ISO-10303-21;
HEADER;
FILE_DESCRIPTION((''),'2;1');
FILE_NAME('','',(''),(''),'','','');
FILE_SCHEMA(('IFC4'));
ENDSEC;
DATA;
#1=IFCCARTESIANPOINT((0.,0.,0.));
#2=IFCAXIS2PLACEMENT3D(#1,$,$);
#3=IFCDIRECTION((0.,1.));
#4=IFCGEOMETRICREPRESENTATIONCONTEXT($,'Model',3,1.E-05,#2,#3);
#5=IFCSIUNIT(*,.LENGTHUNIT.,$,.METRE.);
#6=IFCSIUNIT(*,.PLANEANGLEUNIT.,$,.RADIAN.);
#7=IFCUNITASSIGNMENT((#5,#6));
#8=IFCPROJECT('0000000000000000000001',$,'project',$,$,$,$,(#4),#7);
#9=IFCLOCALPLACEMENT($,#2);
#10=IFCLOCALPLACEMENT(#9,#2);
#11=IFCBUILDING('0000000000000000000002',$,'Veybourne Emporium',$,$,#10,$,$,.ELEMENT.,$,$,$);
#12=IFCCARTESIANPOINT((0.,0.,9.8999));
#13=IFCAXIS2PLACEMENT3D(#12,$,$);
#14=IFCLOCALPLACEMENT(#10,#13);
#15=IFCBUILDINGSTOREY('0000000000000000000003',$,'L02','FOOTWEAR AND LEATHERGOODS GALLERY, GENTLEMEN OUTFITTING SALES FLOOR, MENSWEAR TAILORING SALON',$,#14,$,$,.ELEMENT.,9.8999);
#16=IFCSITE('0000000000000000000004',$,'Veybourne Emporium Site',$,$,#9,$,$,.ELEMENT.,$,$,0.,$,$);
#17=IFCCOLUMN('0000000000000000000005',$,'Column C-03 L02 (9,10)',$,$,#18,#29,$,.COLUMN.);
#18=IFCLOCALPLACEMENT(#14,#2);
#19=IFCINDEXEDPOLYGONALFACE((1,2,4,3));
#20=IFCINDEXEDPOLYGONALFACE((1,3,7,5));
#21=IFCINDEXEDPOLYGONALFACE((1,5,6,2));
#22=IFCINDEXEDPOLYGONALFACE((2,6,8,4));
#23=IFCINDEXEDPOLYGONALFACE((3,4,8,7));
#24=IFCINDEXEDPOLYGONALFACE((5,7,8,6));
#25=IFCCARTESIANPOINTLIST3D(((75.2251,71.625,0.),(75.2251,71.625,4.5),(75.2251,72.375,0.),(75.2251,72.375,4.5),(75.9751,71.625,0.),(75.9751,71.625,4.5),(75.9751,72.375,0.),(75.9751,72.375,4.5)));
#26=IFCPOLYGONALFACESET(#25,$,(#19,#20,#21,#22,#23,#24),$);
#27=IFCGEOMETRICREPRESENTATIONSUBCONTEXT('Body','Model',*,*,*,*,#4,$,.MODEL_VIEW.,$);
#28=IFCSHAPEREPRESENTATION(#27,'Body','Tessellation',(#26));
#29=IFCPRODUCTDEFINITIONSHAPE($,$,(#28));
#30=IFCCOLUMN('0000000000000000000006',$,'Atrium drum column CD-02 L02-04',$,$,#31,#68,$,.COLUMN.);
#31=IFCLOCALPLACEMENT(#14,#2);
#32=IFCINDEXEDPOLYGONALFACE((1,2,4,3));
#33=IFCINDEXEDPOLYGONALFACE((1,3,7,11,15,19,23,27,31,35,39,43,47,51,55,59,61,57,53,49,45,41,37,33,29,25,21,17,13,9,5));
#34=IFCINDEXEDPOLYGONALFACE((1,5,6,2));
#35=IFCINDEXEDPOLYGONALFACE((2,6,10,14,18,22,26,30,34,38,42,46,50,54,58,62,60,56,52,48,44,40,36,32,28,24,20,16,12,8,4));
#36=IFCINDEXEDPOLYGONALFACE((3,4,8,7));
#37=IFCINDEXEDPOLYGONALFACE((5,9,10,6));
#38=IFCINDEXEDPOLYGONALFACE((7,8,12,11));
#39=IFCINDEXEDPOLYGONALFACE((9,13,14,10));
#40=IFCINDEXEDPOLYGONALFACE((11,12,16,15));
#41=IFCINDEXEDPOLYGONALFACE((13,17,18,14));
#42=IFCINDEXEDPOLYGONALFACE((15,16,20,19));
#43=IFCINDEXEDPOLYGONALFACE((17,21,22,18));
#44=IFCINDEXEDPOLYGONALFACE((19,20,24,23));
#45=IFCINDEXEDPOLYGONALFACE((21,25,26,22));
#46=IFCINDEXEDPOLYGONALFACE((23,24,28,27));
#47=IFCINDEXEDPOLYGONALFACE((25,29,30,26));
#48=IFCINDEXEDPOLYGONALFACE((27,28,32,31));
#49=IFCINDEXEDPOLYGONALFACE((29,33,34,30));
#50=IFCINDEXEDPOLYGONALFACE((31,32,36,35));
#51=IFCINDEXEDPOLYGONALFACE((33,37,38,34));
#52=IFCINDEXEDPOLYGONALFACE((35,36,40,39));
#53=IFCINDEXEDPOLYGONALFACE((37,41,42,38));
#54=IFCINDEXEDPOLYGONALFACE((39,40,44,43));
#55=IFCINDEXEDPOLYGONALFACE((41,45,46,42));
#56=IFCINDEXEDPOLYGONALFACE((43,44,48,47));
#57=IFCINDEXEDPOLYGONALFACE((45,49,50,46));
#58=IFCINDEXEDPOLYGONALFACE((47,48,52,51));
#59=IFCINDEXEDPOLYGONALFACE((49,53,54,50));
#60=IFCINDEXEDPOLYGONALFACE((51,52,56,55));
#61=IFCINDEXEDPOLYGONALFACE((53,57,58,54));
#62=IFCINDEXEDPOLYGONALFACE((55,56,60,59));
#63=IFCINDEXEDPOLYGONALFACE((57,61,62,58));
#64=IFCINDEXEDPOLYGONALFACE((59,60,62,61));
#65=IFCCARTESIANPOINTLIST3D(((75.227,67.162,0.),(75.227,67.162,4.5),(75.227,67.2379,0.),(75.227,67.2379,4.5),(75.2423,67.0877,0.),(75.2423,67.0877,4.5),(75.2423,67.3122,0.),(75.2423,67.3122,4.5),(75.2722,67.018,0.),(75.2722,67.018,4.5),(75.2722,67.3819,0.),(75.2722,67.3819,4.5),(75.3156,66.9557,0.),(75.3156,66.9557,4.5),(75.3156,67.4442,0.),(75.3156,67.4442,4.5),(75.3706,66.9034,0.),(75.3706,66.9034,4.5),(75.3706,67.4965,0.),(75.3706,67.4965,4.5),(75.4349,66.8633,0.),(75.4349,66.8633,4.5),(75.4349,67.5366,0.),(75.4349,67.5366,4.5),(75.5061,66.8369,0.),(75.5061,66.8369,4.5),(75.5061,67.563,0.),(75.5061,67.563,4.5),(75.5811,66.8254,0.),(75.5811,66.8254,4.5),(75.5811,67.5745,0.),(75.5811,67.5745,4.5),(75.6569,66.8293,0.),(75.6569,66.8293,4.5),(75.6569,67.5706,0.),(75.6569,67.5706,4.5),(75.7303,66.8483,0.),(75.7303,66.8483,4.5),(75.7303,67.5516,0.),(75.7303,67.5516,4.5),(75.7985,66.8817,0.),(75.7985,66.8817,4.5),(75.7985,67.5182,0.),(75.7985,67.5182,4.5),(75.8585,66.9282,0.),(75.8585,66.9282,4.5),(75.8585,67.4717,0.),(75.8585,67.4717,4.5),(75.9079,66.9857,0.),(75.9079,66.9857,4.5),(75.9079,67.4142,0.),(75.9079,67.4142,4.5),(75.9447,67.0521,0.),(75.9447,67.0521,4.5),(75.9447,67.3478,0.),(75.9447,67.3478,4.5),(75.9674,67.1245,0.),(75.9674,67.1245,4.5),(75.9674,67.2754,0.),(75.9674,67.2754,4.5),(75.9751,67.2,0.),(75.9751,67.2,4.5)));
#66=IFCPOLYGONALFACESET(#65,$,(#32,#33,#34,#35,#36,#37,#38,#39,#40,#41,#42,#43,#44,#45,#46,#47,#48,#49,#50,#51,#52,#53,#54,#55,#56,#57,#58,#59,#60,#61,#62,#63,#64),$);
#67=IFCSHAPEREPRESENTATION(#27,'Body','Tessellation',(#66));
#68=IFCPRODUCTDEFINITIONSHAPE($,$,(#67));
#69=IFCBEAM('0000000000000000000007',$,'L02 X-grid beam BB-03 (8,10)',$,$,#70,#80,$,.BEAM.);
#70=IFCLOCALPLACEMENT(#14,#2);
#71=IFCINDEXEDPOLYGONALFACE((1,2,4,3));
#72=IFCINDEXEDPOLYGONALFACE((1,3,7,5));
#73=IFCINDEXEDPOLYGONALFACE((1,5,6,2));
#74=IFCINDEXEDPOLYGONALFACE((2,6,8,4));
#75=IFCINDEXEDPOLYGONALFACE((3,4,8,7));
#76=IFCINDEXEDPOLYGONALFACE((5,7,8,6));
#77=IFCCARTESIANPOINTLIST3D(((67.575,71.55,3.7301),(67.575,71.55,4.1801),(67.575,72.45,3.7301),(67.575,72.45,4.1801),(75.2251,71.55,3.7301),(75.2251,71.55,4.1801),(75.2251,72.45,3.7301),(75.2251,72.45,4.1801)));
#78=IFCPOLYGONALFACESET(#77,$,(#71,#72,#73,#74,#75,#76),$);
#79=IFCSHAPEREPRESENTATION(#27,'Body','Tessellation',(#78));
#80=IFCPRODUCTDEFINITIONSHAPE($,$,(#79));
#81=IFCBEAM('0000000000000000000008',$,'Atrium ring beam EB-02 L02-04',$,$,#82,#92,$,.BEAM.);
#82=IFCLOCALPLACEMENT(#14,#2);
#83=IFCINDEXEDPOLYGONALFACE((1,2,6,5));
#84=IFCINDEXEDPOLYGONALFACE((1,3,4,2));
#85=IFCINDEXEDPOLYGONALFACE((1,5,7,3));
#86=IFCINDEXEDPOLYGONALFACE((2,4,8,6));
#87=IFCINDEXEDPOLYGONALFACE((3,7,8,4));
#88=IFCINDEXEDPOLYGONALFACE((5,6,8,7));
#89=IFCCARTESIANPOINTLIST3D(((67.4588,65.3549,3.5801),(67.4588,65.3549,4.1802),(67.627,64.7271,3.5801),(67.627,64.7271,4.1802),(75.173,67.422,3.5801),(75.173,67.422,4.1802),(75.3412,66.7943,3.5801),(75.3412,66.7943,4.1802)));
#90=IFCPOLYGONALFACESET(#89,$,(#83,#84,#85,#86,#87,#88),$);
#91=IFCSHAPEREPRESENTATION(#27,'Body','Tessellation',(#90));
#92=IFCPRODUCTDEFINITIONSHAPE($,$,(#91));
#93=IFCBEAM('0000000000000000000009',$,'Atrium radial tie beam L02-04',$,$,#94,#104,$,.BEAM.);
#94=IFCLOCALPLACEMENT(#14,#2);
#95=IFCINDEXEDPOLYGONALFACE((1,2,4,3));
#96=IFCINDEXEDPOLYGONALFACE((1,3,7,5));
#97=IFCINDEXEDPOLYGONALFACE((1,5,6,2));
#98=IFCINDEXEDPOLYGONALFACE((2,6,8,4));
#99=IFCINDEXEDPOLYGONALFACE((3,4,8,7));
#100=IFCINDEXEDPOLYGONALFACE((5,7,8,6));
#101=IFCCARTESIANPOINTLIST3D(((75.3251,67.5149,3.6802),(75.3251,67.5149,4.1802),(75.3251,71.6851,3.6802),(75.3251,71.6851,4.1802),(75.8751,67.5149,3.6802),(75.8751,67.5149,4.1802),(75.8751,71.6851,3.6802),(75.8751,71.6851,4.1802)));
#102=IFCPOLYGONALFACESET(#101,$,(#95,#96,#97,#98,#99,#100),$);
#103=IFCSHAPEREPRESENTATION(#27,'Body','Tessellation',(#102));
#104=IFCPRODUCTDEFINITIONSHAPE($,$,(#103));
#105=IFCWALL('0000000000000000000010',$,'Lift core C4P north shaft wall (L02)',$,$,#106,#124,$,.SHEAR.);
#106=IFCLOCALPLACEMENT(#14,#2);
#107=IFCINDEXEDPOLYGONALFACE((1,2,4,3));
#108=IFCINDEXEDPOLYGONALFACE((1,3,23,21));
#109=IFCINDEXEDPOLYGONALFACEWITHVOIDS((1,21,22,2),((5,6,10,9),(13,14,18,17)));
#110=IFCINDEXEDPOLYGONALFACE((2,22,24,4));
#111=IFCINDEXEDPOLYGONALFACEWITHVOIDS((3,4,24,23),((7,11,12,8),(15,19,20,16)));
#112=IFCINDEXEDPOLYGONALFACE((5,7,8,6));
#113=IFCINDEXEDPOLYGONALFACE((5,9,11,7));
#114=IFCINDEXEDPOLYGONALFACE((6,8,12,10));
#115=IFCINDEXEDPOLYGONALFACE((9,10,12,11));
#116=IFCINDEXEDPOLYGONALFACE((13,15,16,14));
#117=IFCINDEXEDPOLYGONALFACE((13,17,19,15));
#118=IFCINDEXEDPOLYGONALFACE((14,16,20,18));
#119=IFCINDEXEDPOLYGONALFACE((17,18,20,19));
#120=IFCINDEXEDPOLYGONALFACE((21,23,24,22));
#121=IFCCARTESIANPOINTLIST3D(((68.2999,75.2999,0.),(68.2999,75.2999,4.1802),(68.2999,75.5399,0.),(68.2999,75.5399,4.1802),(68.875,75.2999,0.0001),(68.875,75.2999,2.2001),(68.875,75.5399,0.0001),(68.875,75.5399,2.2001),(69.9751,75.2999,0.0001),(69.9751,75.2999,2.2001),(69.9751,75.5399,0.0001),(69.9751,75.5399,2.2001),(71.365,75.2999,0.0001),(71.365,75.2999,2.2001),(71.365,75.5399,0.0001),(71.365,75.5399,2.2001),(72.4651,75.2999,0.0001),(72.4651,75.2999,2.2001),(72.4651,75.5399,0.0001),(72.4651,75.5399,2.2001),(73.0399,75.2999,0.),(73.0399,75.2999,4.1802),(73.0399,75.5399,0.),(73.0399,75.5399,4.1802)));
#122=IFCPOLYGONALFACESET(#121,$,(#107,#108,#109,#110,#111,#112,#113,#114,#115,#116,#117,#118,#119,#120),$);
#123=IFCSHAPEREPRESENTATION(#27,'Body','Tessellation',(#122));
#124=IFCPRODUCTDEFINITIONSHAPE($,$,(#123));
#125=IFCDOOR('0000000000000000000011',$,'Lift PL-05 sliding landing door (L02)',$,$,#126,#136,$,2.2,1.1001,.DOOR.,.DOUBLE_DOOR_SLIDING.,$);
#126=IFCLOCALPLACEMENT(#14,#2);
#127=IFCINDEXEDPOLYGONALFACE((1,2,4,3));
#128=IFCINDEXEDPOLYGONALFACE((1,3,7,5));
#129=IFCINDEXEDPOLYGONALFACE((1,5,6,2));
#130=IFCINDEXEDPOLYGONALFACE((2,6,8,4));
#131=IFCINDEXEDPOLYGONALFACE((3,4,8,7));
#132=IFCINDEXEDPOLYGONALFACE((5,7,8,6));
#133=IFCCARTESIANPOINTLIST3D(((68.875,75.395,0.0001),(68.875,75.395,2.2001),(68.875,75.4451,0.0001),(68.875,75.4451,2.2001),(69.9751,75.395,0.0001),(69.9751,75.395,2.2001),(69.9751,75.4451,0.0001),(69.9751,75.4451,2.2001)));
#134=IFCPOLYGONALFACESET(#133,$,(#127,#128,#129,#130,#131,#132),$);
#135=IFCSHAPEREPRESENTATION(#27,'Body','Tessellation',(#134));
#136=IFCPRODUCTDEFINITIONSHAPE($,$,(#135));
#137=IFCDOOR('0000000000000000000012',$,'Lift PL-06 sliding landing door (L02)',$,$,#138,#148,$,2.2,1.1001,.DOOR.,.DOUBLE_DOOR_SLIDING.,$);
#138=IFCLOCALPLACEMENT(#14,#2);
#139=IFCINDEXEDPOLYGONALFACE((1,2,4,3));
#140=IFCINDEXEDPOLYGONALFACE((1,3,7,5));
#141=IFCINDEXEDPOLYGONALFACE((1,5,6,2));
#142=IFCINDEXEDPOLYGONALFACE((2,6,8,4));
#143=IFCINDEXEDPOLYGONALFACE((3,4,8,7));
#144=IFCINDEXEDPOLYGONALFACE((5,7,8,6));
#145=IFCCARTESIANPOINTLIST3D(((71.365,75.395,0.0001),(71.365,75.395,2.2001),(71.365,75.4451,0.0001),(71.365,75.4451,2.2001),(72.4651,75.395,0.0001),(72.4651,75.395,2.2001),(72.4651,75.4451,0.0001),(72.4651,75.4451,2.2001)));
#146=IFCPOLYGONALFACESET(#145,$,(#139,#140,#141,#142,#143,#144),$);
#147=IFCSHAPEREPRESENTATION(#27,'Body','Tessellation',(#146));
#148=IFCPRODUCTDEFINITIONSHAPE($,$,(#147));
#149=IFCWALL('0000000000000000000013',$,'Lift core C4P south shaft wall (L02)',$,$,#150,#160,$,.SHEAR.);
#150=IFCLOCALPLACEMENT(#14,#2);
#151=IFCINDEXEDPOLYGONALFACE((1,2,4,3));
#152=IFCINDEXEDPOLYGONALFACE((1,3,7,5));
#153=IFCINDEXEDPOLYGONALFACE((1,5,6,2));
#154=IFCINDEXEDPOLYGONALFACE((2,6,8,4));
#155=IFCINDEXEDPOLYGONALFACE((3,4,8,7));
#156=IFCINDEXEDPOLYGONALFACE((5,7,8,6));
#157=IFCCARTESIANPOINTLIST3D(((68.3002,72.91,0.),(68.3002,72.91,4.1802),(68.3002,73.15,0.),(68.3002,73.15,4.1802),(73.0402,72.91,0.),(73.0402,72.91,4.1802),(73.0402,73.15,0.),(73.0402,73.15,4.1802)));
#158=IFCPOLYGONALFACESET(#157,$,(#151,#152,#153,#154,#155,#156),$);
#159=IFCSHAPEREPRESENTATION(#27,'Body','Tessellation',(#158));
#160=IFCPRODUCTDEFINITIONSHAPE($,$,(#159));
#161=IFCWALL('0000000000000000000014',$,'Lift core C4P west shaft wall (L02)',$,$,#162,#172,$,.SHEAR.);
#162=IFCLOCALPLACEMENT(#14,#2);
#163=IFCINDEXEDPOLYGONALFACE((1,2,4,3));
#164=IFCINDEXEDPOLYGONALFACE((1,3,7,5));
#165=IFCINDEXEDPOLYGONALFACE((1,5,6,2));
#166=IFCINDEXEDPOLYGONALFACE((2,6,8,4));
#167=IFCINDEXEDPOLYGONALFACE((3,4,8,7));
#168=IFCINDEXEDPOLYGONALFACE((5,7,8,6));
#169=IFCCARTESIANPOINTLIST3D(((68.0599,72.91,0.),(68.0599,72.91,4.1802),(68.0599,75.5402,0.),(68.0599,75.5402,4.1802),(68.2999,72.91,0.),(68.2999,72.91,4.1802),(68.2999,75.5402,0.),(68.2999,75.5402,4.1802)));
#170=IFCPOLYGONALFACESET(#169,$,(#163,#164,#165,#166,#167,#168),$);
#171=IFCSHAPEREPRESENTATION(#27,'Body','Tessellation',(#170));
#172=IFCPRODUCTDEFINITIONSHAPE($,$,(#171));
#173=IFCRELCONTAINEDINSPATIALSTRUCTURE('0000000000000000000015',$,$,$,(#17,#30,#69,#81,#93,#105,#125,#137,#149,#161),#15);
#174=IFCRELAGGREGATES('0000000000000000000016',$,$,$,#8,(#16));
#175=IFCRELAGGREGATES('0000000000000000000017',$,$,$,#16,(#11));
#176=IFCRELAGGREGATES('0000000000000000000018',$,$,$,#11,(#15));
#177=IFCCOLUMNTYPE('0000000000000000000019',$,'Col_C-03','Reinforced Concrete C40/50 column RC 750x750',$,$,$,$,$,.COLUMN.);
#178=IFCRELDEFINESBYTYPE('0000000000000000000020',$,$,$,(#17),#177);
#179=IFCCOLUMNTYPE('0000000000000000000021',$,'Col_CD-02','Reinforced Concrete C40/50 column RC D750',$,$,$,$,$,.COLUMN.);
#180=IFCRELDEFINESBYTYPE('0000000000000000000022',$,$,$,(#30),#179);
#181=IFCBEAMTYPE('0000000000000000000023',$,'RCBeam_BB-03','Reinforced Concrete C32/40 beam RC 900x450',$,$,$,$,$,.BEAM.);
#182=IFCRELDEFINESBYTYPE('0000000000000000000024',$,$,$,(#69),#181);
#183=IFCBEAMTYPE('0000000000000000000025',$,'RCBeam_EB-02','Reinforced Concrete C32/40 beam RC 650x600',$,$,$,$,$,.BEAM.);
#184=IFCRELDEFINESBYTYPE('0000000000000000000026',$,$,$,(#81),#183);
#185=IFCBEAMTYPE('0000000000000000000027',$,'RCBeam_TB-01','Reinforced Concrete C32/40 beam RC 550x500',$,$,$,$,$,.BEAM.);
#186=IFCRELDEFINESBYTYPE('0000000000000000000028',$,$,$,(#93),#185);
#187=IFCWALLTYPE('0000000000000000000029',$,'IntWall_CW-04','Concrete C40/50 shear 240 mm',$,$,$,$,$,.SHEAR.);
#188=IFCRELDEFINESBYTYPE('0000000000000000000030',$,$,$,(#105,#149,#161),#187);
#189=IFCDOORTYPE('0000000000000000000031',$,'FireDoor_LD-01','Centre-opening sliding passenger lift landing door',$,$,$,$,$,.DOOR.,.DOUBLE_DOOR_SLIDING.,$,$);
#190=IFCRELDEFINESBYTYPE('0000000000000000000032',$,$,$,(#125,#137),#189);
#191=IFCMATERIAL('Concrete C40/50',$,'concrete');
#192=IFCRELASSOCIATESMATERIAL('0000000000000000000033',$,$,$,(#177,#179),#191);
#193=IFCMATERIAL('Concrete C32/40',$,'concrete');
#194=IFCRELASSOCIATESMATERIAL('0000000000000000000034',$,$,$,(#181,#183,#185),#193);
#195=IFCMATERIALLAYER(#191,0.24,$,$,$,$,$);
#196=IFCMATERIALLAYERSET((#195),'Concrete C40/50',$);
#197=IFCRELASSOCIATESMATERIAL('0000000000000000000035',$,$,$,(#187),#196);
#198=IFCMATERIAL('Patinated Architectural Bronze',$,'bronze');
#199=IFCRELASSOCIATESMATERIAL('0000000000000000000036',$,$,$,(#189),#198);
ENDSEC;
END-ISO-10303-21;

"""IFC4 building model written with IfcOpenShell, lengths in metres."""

from ifc_helpers import new_model, si_unit, direction, frame, frame_2d, origin, origin_2d, place, context, subcontext, project, spatial, rectangle, circle, extrude, material, layer, layer_set, material_profile, profile_set, type_object, element, fill, save


model = new_model("IFC4")

# Units and contexts
model_context = context("Model", 3, precision=1e-05, world=origin(), true_north=direction((0.0, 1.0)))
body_context = subcontext(model_context, "Body", "Model", "MODEL_VIEW")
ifc_project = project(units=[si_unit("LENGTHUNIT", "METRE"), si_unit("PLANEANGLEUNIT", "RADIAN")], contexts=[model_context])

# Site, building, storey
site_placement = place(None, origin())
site = spatial("IfcSite", under=ifc_project, at=site_placement, Name="Veybourne Emporium Site", CompositionType="ELEMENT", RefElevation=0.0)
building_placement = place(site_placement, origin())
building = spatial("IfcBuilding", under=site, at=building_placement, Name="Veybourne Emporium", CompositionType="ELEMENT")
storey_placement = place(building_placement, frame((0.0, 0.0, 9.8999)))
storey = spatial("IfcBuildingStorey", under=building, at=storey_placement, Name="L02", Description="FOOTWEAR AND LEATHERGOODS GALLERY, GENTLEMEN OUTFITTING SALES FLOOR, MENSWEAR TAILORING SALON", CompositionType="ELEMENT", Elevation=9.8999)

# Columns
ifc_material_1 = material(Name="Concrete C40/50", Category="concrete")
ifc_material_profile_1 = material_profile(ifc_material_1, rectangle(XDim=0.75, YDim=0.75, at=origin_2d()), Name="RC 750x750")
ifc_profile_set_1 = profile_set([ifc_material_profile_1], Name="Concrete C40/50")
column_type_1 = type_object("IfcColumnType", Name="Col_C-03", Description="Reinforced Concrete C40/50 column RC 750x750", PredefinedType="COLUMN", material=ifc_profile_set_1)
column_1_placement = place(storey_placement, frame((75.6001, 72.0, 0.0), z_axis=(0.0, 0.0, 1.0), x_axis=(1.0, 0.0, 0.0)))
element("IfcColumn", 1, at=column_1_placement, inside=storey, type_object=column_type_1, Name="Column C-03 L02 (9,10)", PredefinedType="COLUMN", context=body_context, shape_type="SweptSolid", body=[
    extrude(rectangle(XDim=0.75, YDim=0.75, at=origin_2d()), origin(), (0.0, 0.0, 1.0), 4.5),
])
ifc_material_profile_2 = material_profile(ifc_material_1, circle(Radius=0.375, at=origin_2d()), Name="RC D750")
ifc_profile_set_2 = profile_set([ifc_material_profile_2], Name="Concrete C40/50")
column_type_2 = type_object("IfcColumnType", Name="Col_CD-02", Description="Reinforced Concrete C40/50 column RC D750", PredefinedType="COLUMN", material=ifc_profile_set_2)
column_2_placement = place(storey_placement, frame((75.6001, 67.2, 0.0), z_axis=(0.0, 0.0, 1.0), x_axis=(1.0, 0.0, 0.0)))
element("IfcColumn", 2, at=column_2_placement, inside=storey, type_object=column_type_2, Name="Atrium drum column CD-02 L02-04", PredefinedType="COLUMN", context=body_context, shape_type="SweptSolid", body=[
    extrude(circle(Radius=0.375, at=origin_2d()), origin(), (0.0, 0.0, 1.0), 4.5),
])

# Beams
ifc_material_2 = material(Name="Concrete C32/40", Category="concrete")
ifc_material_profile_3 = material_profile(ifc_material_2, rectangle(XDim=0.8999, YDim=0.45, at=origin_2d()), Name="RC 900x450")
ifc_profile_set_3 = profile_set([ifc_material_profile_3], Name="Concrete C32/40")
beam_type_1 = type_object("IfcBeamType", Name="RCBeam_BB-03", Description="Reinforced Concrete C32/40 beam RC 900x450", PredefinedType="BEAM", material=ifc_profile_set_3)
beam_1_placement = place(storey_placement, frame((67.575, 72.0, 3.9551), z_axis=(1.0, 0.0, 0.0), x_axis=(0.0, 1.0, 0.0)))
element("IfcBeam", 3, at=beam_1_placement, inside=storey, type_object=beam_type_1, Name="L02 X-grid beam BB-03 (8,10)", PredefinedType="BEAM", context=body_context, shape_type="SweptSolid", body=[
    extrude(rectangle(XDim=0.8999, YDim=0.45, at=origin_2d()), origin(), (0.0, 0.0, 1.0), 7.6501),
])
ifc_material_profile_4 = material_profile(ifc_material_2, rectangle(XDim=0.6499, YDim=0.6001, at=origin_2d()), Name="RC 650x600")
ifc_profile_set_4 = profile_set([ifc_material_profile_4], Name="Concrete C32/40")
beam_type_2 = type_object("IfcBeamType", Name="RCBeam_EB-02", Description="Reinforced Concrete C32/40 beam RC 650x600", PredefinedType="BEAM", material=ifc_profile_set_4)
beam_2_placement = place(storey_placement, frame((75.2571, 67.1082, 3.8801), z_axis=(-0.965921, -0.258836, 0.0), x_axis=(0.258836, -0.965921, 0.0)))
element("IfcBeam", 4, at=beam_2_placement, inside=storey, type_object=beam_type_2, Name="Atrium ring beam EB-02 L02-04", PredefinedType="BEAM", context=body_context, shape_type="SweptSolid", body=[
    extrude(rectangle(XDim=0.6499, YDim=0.6001, at=origin_2d()), origin(), (0.0, 0.0, 1.0), 7.9863),
])
ifc_material_profile_5 = material_profile(ifc_material_2, rectangle(XDim=0.55, YDim=0.5, at=origin_2d()), Name="RC 550x500")
ifc_profile_set_5 = profile_set([ifc_material_profile_5], Name="Concrete C32/40")
beam_type_3 = type_object("IfcBeamType", Name="RCBeam_TB-01", Description="Reinforced Concrete C32/40 beam RC 550x500", PredefinedType="BEAM", material=ifc_profile_set_5)
beam_3_placement = place(storey_placement, frame((75.6001, 67.5149, 3.9302), z_axis=(0.0, 1.0, 0.0), x_axis=(-1.0, 0.0, 0.0)))
element("IfcBeam", 5, at=beam_3_placement, inside=storey, type_object=beam_type_3, Name="Atrium radial tie beam L02-04", PredefinedType="BEAM", context=body_context, shape_type="SweptSolid", body=[
    extrude(rectangle(XDim=0.55, YDim=0.5, at=origin_2d()), origin(), (0.0, 0.0, 1.0), 4.1702),
])

# Wall, openings, doors
ifc_layer_1 = layer(ifc_material_1, 0.24)
ifc_layer_set_1 = layer_set([ifc_layer_1], Name="Concrete C40/50")
wall_type_1 = type_object("IfcWallType", Name="IntWall_CW-04", Description="Concrete C40/50 shear 240 mm", PredefinedType="SHEAR", material=ifc_layer_set_1)
wall_1_placement = place(storey_placement, frame((73.04, 75.4199, 0.0), z_axis=(0.0, 0.0, 1.0), x_axis=(-1.0, 0.0, 0.0)))
wall_1 = element("IfcWall", 6, at=wall_1_placement, inside=storey, type_object=wall_type_1, Name="Lift core C4P north shaft wall (L02)", PredefinedType="SHEAR", context=body_context, shape_type="SweptSolid", body=[
    extrude(rectangle(XDim=4.74, YDim=0.24, at=frame_2d((2.3701, 0.0))), origin(), (0.0, 0.0, 1.0), 4.1802),
])
opening_1_placement = place(wall_1_placement, frame((3.0649, 0.0, 0.0)))
opening_1 = element("IfcOpeningElement", 7, at=opening_1_placement, cuts=wall_1, PredefinedType="OPENING", context=body_context, shape_type="SweptSolid", body=[
    extrude(rectangle(XDim=1.1001, YDim=2.2, at=frame_2d((0.55, 1.1001))), frame((0.0, 0.1401, 0.0), z_axis=(0.0, -1.0, 0.0), x_axis=(1.0, 0.0, 0.0)), (0.0, 0.0, 1.0), 0.28),
])
opening_2_placement = place(wall_1_placement, frame((0.575, 0.0, 0.0)))
opening_2 = element("IfcOpeningElement", 8, at=opening_2_placement, cuts=wall_1, PredefinedType="OPENING", context=body_context, shape_type="SweptSolid", body=[
    extrude(rectangle(XDim=1.1001, YDim=2.2, at=frame_2d((0.55, 1.1001))), frame((0.0, 0.1401, 0.0), z_axis=(0.0, -1.0, 0.0), x_axis=(1.0, 0.0, 0.0)), (0.0, 0.0, 1.0), 0.28),
])
ifc_material_3 = material(Name="Patinated Architectural Bronze", Category="bronze")
door_type_1 = type_object("IfcDoorType", Name="FireDoor_LD-01", Description="Centre-opening sliding passenger lift landing door", OperationType="DOUBLE_DOOR_SLIDING", PredefinedType="DOOR", material=ifc_material_3)
door_1_placement = place(opening_1_placement, origin())
door_1 = element("IfcDoor", 9, at=door_1_placement, inside=storey, type_object=door_type_1, Name="Lift PL-05 sliding landing door (L02)", OperationType="DOUBLE_DOOR_SLIDING", OverallHeight=2.2, OverallWidth=1.1001, PredefinedType="DOOR", context=body_context, shape_type="SweptSolid", body=[
    extrude(rectangle(XDim=1.1001, YDim=2.2, at=frame_2d((0.55, 1.1001))), frame((0.0, 0.0249, 0.0), z_axis=(0.0, -1.0, 0.0), x_axis=(1.0, 0.0, 0.0)), (0.0, 0.0, 1.0), 0.05),
])
fill(opening_1, door_1)
door_2_placement = place(opening_2_placement, origin())
door_2 = element("IfcDoor", 10, at=door_2_placement, inside=storey, type_object=door_type_1, Name="Lift PL-06 sliding landing door (L02)", OperationType="DOUBLE_DOOR_SLIDING", OverallHeight=2.2, OverallWidth=1.1001, PredefinedType="DOOR", context=body_context, shape_type="SweptSolid", body=[
    extrude(rectangle(XDim=1.1001, YDim=2.2, at=frame_2d((0.55, 1.1001))), frame((0.0, 0.0249, 0.0), z_axis=(0.0, -1.0, 0.0), x_axis=(1.0, 0.0, 0.0)), (0.0, 0.0, 1.0), 0.05),
])
fill(opening_2, door_2)

# Walls
wall_2_placement = place(storey_placement, frame((68.3, 73.03, 0.0), z_axis=(0.0, 0.0, 1.0), x_axis=(1.0, 0.0, 0.0)))
element("IfcWall", 11, at=wall_2_placement, inside=storey, type_object=wall_type_1, Name="Lift core C4P south shaft wall (L02)", PredefinedType="SHEAR", context=body_context, shape_type="SweptSolid", body=[
    extrude(rectangle(XDim=4.74, YDim=0.24, at=frame_2d((2.3701, 0.0))), origin(), (0.0, 0.0, 1.0), 4.1802),
])
for number, where, z_axis, x_axis, name in (
    (12, (68.1799, 75.54, 0.0), (0.0, 0.0, 1.0), (0.0, -1.0, 0.0), "Lift core C4P west shaft wall (L02)"),
):
    element("IfcWall", number, at=place(storey_placement, frame(where, z_axis=z_axis, x_axis=x_axis)), inside=storey, type_object=wall_type_1, Name=name, PredefinedType="SHEAR", context=body_context, shape_type="SweptSolid", body=[
        extrude(rectangle(XDim=2.6301, YDim=0.24, at=frame_2d((1.3149, 0.0))), origin(), (0.0, 0.0, 1.0), 4.1802),
    ])

save(model, "model.ifc")
